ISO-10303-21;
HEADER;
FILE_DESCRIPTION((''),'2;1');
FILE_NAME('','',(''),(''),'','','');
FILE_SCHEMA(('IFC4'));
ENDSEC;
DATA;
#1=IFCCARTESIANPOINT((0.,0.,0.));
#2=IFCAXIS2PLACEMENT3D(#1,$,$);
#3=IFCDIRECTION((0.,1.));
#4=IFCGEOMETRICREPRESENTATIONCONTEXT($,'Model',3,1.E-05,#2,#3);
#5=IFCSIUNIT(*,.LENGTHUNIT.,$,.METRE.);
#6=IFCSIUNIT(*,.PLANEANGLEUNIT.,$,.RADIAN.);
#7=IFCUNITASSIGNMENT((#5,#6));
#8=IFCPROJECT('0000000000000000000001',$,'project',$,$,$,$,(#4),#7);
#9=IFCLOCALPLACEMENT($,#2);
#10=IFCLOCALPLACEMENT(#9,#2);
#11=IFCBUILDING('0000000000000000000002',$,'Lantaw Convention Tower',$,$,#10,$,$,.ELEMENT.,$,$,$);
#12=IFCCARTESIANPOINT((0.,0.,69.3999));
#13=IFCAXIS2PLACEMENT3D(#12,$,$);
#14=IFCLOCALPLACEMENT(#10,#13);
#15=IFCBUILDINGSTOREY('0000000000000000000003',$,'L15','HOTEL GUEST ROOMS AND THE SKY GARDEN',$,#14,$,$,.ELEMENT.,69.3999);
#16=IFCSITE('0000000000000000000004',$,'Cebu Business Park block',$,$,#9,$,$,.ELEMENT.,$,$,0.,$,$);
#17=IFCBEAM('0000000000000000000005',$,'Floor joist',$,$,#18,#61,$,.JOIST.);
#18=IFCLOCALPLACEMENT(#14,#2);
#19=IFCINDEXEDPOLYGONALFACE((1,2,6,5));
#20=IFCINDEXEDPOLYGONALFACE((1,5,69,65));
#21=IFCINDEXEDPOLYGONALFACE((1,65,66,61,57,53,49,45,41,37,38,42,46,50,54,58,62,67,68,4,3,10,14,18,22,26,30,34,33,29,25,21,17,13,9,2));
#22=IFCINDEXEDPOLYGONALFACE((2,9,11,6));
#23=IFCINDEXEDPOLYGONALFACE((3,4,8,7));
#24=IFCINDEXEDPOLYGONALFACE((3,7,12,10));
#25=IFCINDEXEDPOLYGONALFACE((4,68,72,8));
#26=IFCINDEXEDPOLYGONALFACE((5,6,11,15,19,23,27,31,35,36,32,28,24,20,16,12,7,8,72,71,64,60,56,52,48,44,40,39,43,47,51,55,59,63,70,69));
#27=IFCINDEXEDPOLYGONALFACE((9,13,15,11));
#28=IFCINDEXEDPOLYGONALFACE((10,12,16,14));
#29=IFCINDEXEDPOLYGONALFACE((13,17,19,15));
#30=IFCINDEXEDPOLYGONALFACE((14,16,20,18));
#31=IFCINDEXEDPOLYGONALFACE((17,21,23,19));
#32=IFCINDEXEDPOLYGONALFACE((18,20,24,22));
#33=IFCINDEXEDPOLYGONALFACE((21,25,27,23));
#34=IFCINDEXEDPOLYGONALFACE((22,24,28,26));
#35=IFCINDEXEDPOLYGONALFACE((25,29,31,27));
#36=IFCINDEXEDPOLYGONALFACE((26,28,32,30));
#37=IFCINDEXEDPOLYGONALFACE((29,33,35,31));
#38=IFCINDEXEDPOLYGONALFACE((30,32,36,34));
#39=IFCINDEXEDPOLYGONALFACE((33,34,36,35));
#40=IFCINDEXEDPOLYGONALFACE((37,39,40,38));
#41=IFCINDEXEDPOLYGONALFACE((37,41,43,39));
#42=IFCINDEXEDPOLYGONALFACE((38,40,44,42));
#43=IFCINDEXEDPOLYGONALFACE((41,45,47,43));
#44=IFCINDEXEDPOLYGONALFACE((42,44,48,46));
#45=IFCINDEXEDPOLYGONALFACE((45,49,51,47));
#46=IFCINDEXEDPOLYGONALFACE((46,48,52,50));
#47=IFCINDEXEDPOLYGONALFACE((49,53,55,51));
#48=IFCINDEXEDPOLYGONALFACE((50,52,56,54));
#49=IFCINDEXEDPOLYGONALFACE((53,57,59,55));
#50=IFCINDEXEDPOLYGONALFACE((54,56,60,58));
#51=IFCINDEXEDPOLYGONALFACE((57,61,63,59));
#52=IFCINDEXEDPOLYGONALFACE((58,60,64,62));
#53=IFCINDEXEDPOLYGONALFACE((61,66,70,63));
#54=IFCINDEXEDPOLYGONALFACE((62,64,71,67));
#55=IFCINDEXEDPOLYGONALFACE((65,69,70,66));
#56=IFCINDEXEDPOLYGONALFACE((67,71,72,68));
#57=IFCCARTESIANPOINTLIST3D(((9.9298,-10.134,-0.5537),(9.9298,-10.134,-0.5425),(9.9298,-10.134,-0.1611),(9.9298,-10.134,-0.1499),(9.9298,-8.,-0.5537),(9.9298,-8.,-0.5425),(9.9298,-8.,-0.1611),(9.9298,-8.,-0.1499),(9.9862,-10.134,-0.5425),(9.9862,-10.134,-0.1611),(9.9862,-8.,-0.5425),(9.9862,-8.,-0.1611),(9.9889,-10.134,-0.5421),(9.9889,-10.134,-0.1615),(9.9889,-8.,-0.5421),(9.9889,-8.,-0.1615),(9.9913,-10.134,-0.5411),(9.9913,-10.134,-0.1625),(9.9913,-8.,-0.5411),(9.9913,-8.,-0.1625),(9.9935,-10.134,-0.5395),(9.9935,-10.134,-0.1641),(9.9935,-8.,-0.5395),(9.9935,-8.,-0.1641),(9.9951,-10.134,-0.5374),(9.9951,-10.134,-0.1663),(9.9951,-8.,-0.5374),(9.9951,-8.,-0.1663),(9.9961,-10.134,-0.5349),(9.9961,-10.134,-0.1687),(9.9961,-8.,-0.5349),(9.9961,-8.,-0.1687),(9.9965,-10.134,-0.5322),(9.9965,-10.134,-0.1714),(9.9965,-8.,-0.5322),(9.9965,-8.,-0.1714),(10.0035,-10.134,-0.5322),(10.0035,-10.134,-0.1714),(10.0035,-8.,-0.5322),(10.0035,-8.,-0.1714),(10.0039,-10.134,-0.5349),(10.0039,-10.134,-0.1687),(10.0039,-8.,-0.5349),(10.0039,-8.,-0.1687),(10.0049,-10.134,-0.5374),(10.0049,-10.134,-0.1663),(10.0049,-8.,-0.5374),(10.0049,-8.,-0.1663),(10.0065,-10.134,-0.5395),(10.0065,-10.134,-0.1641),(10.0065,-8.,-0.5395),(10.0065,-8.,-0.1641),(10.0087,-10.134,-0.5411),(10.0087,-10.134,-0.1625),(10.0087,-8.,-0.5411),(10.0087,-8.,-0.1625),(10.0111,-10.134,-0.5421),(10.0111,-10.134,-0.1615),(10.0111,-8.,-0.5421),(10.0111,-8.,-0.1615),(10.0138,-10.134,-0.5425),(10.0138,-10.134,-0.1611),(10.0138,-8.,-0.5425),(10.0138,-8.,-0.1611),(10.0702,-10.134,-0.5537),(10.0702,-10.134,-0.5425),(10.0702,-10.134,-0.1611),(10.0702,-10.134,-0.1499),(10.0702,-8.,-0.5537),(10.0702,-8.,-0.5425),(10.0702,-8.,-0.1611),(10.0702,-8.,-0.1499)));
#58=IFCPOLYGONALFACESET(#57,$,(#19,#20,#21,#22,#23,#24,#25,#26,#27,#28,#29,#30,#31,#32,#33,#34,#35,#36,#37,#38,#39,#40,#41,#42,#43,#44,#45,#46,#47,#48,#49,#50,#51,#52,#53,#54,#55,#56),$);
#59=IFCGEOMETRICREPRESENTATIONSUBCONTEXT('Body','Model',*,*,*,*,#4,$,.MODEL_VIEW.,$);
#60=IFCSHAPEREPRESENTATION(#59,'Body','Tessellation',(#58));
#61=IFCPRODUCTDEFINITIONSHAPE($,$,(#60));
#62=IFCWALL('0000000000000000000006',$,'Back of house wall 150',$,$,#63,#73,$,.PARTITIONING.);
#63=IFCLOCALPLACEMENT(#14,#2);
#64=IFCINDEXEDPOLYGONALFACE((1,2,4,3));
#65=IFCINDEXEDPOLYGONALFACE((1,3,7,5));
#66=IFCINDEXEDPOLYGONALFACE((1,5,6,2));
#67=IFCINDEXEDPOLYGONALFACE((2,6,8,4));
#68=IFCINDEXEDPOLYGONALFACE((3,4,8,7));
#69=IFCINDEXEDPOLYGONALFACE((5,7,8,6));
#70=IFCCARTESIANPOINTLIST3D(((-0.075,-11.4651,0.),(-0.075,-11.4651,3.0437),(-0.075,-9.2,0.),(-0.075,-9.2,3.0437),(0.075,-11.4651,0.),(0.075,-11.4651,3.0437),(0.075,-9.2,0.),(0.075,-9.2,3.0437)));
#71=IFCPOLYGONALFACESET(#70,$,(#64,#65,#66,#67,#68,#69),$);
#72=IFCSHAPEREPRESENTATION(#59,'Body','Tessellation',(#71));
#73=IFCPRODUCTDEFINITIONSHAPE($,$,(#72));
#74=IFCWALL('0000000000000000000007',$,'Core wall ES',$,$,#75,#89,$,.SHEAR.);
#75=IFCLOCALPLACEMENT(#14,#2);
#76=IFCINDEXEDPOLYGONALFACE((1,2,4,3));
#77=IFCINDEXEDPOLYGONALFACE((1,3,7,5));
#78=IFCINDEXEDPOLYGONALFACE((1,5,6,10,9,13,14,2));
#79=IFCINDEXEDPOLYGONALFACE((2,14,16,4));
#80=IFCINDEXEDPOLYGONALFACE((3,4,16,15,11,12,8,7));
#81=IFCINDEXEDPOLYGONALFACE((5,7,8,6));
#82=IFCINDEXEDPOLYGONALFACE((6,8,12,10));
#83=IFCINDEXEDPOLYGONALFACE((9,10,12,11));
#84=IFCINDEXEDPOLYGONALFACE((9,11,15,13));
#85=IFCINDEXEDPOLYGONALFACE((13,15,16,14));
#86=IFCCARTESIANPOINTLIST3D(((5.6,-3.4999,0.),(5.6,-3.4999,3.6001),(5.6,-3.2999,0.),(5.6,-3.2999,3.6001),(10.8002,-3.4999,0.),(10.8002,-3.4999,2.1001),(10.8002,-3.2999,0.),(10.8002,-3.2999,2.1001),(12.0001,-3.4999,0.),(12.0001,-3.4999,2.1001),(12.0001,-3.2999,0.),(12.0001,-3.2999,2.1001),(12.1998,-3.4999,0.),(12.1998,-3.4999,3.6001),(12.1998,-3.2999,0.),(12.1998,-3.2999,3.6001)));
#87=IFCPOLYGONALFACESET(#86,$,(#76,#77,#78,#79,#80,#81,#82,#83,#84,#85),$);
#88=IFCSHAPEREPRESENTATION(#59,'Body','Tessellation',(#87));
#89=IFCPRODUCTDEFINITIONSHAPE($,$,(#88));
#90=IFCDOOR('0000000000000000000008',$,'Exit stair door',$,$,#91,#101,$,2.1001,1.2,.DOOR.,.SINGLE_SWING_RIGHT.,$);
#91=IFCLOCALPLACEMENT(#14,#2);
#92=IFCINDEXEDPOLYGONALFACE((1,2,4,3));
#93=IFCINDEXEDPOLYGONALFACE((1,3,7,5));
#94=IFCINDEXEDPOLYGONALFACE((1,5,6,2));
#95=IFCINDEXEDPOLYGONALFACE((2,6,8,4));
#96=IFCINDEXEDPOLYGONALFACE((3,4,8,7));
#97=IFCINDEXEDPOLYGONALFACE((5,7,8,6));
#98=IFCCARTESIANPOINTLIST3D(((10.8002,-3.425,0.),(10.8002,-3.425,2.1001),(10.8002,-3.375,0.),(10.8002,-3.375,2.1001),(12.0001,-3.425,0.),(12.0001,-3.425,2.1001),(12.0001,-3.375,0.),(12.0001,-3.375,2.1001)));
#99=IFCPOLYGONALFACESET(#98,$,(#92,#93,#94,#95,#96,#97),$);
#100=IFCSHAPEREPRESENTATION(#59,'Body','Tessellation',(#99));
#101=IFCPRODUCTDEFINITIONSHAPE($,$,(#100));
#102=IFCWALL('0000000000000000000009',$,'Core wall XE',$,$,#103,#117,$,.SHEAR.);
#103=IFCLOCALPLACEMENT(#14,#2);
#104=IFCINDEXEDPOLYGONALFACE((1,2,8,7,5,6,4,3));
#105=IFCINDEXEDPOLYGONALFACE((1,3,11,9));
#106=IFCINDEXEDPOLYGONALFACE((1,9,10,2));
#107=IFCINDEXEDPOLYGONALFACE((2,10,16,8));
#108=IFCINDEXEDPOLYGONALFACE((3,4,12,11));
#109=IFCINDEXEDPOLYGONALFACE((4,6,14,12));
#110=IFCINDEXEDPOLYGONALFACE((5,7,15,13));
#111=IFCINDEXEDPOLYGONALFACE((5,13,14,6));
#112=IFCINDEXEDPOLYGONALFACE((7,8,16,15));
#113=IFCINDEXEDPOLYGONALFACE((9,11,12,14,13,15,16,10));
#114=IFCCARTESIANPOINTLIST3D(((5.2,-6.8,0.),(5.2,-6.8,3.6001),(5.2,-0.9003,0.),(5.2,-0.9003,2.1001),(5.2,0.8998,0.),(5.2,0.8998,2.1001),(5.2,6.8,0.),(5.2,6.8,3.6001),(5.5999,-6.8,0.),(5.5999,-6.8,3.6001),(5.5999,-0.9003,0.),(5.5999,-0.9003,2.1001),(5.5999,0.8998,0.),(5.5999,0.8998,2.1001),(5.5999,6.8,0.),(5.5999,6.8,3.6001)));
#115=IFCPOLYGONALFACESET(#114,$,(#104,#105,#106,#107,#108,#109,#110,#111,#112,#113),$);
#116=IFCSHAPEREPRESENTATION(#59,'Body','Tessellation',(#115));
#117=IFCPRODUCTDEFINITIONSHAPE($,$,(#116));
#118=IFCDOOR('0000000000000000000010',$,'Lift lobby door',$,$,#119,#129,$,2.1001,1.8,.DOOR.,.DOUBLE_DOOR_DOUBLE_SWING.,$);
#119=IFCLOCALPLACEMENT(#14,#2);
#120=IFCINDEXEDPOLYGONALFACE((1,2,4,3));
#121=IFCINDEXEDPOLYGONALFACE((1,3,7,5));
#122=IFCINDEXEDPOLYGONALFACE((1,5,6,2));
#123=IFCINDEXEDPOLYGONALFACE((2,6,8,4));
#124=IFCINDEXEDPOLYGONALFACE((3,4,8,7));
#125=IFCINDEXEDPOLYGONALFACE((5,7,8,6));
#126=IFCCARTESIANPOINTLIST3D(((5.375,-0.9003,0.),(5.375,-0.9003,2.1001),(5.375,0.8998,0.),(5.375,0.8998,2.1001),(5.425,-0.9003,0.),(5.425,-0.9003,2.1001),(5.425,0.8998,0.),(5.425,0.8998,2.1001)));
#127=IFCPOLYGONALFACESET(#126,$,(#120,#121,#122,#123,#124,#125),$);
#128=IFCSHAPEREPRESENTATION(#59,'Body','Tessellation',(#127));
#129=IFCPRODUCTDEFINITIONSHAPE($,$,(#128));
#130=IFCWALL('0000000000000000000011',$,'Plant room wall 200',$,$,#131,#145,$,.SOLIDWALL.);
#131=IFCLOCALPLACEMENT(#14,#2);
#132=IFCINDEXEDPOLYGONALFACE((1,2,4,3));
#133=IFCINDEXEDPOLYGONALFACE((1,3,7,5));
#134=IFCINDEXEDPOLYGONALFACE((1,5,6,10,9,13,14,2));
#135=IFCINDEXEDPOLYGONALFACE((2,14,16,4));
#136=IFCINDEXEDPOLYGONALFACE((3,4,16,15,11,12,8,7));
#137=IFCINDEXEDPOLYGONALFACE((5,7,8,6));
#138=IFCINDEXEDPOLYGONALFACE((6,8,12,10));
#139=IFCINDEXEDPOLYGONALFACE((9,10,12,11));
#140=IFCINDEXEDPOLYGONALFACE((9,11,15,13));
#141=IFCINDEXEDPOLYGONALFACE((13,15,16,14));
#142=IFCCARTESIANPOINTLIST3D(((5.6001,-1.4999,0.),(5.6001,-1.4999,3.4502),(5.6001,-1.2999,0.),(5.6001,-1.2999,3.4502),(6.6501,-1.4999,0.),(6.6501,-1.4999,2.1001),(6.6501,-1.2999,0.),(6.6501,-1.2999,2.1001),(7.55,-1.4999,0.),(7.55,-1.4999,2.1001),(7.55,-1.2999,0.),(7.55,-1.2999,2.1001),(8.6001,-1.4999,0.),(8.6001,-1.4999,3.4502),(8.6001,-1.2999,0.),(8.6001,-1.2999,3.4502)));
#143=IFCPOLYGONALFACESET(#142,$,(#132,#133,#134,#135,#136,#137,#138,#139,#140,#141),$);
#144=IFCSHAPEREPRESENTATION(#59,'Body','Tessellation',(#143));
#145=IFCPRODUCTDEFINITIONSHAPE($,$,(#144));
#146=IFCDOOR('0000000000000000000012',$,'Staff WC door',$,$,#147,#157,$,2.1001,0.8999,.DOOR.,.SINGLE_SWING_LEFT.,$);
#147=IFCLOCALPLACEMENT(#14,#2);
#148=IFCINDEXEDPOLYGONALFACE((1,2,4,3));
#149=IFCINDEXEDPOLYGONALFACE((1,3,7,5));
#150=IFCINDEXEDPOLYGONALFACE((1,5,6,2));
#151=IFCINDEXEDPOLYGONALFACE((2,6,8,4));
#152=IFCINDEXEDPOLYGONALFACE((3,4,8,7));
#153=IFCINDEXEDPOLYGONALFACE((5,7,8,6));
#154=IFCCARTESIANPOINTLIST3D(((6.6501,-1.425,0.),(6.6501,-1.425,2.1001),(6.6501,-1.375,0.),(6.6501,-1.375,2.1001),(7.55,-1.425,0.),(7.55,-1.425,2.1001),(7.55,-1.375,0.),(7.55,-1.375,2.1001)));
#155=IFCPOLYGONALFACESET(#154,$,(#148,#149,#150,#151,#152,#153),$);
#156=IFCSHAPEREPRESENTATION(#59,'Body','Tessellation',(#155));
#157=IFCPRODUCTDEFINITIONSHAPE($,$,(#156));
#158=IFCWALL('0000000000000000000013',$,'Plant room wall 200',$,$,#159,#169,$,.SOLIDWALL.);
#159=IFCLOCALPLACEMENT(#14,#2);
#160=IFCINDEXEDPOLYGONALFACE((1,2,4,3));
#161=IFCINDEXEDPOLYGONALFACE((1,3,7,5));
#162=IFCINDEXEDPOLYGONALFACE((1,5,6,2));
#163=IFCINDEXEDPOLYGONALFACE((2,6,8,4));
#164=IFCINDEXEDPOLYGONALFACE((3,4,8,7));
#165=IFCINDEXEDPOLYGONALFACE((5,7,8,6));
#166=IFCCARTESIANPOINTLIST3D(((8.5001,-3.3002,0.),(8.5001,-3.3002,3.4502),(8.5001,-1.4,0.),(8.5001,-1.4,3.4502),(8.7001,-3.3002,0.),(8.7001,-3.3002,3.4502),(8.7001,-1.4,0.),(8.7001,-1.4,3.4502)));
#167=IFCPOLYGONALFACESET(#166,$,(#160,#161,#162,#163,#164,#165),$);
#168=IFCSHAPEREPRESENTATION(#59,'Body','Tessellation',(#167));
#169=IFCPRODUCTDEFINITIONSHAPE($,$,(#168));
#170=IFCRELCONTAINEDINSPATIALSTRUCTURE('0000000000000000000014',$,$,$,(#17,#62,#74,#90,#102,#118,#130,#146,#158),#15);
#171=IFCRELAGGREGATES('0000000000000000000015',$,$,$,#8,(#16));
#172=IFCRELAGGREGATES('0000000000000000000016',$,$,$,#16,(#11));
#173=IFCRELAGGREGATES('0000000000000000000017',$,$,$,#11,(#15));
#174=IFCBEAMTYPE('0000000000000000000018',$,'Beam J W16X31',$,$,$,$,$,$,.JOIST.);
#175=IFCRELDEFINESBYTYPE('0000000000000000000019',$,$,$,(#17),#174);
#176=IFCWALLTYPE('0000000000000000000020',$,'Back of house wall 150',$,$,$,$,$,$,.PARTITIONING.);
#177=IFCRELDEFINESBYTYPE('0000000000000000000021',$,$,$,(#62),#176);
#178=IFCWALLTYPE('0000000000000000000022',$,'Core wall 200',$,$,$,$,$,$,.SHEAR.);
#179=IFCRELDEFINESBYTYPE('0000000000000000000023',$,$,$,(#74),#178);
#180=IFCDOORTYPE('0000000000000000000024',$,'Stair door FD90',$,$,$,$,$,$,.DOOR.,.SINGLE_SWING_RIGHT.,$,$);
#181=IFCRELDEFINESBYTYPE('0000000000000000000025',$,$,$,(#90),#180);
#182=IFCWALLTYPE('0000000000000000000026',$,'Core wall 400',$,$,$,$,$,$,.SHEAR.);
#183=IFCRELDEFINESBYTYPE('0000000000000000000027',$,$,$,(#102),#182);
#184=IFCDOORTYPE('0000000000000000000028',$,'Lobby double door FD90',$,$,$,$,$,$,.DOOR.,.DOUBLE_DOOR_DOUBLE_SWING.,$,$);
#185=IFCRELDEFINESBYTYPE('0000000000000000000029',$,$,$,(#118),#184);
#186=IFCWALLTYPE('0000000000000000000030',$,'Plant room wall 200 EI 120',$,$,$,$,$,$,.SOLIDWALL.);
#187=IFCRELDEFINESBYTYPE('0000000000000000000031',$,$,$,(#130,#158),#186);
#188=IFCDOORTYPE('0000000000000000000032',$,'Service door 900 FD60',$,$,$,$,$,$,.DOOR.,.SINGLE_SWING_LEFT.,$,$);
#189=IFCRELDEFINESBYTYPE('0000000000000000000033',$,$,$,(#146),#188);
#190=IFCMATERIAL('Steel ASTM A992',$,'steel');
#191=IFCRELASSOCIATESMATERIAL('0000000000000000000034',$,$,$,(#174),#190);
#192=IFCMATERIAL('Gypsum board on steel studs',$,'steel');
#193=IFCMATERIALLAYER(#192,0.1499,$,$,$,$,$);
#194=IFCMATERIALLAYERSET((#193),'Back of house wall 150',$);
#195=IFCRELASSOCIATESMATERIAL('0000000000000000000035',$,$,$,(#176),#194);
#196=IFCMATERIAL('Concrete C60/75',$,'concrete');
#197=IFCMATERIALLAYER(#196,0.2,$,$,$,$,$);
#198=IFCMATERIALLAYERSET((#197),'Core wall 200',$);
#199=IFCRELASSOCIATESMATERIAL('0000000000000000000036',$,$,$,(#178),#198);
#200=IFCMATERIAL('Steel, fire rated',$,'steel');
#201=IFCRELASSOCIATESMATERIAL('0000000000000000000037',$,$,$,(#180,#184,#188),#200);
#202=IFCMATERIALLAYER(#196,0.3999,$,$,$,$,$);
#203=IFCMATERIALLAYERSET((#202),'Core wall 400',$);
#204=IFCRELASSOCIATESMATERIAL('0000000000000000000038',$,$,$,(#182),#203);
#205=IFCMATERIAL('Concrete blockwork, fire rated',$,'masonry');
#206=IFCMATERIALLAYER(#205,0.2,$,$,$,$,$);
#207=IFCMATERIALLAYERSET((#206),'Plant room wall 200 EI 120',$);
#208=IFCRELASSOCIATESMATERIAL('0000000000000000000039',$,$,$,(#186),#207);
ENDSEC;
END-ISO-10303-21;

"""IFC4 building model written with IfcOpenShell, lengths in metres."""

from ifc_helpers import new_model, si_unit, direction, frame, frame_2d, origin, origin_2d, place, context, subcontext, project, spatial, rectangle, i_section, extrude, material, layer, layer_set, material_profile, profile_set, type_object, element, fill, save


model = new_model("IFC4")

# Units and contexts
model_context = context("Model", 3, precision=1e-05, world=origin(), true_north=direction((0.0, 1.0)))
body_context = subcontext(model_context, "Body", "Model", "MODEL_VIEW")
ifc_project = project(units=[si_unit("LENGTHUNIT", "METRE"), si_unit("PLANEANGLEUNIT", "RADIAN")], contexts=[model_context])

# Site, building, storey
site_placement = place(None, origin())
site = spatial("IfcSite", under=ifc_project, at=site_placement, Name="Cebu Business Park block", CompositionType="ELEMENT", RefElevation=0.0)
building_placement = place(site_placement, origin())
building = spatial("IfcBuilding", under=site, at=building_placement, Name="Lantaw Convention Tower", CompositionType="ELEMENT")
storey_placement = place(building_placement, frame((0.0, 0.0, 69.3999)))
storey = spatial("IfcBuildingStorey", under=building, at=storey_placement, Name="L15", Description="HOTEL GUEST ROOMS AND THE SKY GARDEN", CompositionType="ELEMENT", Elevation=69.3999)

# Beam
ifc_material_1 = material(Name="Steel ASTM A992", Category="steel")
ifc_material_profile_1 = material_profile(ifc_material_1, i_section(OverallWidth=0.1404, OverallDepth=0.4038, WebThickness=0.0071, FlangeThickness=0.0112, FilletRadius=0.0103, at=origin_2d()), Name="W16X31")
ifc_profile_set_1 = profile_set([ifc_material_profile_1], Name="Steel ASTM A992")
beam_type_1 = type_object("IfcBeamType", Name="Beam J W16X31", PredefinedType="JOIST", material=ifc_profile_set_1)
beam_1_placement = place(storey_placement, frame((10.0, -10.134, -0.3518), z_axis=(0.0, 1.0, 0.0), x_axis=(-1.0, 0.0, 0.0)))
element("IfcBeam", 1, at=beam_1_placement, inside=storey, type_object=beam_type_1, Name="Floor joist", PredefinedType="JOIST", context=body_context, shape_type="SweptSolid", body=[
    extrude(i_section(OverallWidth=0.1404, OverallDepth=0.4038, WebThickness=0.0071, FlangeThickness=0.0112, FilletRadius=0.0103, at=origin_2d()), origin(), (0.0, 0.0, 1.0), 2.134),
])

# Wall
ifc_material_2 = material(Name="Gypsum board on steel studs", Category="steel")
ifc_layer_1 = layer(ifc_material_2, 0.1499)
ifc_layer_set_1 = layer_set([ifc_layer_1], Name="Back of house wall 150")
wall_type_1 = type_object("IfcWallType", Name="Back of house wall 150", PredefinedType="PARTITIONING", material=ifc_layer_set_1)
wall_1_placement = place(storey_placement, frame((0.0, -9.2, 0.0), z_axis=(0.0, 0.0, 1.0), x_axis=(0.0, -1.0, 0.0)))
element("IfcWall", 2, at=wall_1_placement, inside=storey, type_object=wall_type_1, Name="Back of house wall 150", PredefinedType="PARTITIONING", context=body_context, shape_type="SweptSolid", body=[
    extrude(rectangle(XDim=2.2651, YDim=0.1499, at=frame_2d((1.1326, 0.0))), origin(), (0.0, 0.0, 1.0), 3.0437),
])

# Walls, openings, doors
ifc_material_3 = material(Name="Concrete C60/75", Category="concrete")
ifc_layer_2 = layer(ifc_material_3, 0.2)
ifc_layer_set_2 = layer_set([ifc_layer_2], Name="Core wall 200")
wall_type_2 = type_object("IfcWallType", Name="Core wall 200", PredefinedType="SHEAR", material=ifc_layer_set_2)
wall_2_placement = place(storey_placement, frame((5.6001, -3.3999, 0.0), z_axis=(0.0, 0.0, 1.0), x_axis=(1.0, 0.0, 0.0)))
wall_2 = element("IfcWall", 3, at=wall_2_placement, inside=storey, type_object=wall_type_2, Name="Core wall ES", PredefinedType="SHEAR", context=body_context, shape_type="SweptSolid", body=[
    extrude(rectangle(XDim=6.5999, YDim=0.2, at=frame_2d((3.2998, 0.0))), origin(), (0.0, 0.0, 1.0), 3.6001),
])
opening_1_placement = place(wall_2_placement, frame((5.2, 0.0, 0.0)))
opening_1 = element("IfcOpeningElement", 4, at=opening_1_placement, cuts=wall_2, PredefinedType="OPENING", context=body_context, shape_type="SweptSolid", body=[
    extrude(rectangle(XDim=1.2, YDim=2.1001, at=frame_2d((0.6001, 1.05))), frame((0.0, 0.1099, 0.0), z_axis=(0.0, -1.0, 0.0), x_axis=(1.0, 0.0, 0.0)), (0.0, 0.0, 1.0), 0.22),
])
ifc_material_4 = material(Name="Steel, fire rated", Category="steel")
door_type_1 = type_object("IfcDoorType", Name="Stair door FD90", OperationType="SINGLE_SWING_RIGHT", PredefinedType="DOOR", material=ifc_material_4)
door_1_placement = place(opening_1_placement, origin())
door_1 = element("IfcDoor", 5, at=door_1_placement, inside=storey, type_object=door_type_1, Name="Exit stair door", OperationType="SINGLE_SWING_RIGHT", OverallHeight=2.1001, OverallWidth=1.2, PredefinedType="DOOR", context=body_context, shape_type="SweptSolid", body=[
    extrude(rectangle(XDim=1.2, YDim=2.1001, at=frame_2d((0.6001, 1.05))), frame((0.0, 0.0249, 0.0), z_axis=(0.0, -1.0, 0.0), x_axis=(1.0, 0.0, 0.0)), (0.0, 0.0, 1.0), 0.05),
])
fill(opening_1, door_1)
ifc_layer_3 = layer(ifc_material_3, 0.3999)
ifc_layer_set_3 = layer_set([ifc_layer_3], Name="Core wall 400")
wall_type_3 = type_object("IfcWallType", Name="Core wall 400", PredefinedType="SHEAR", material=ifc_layer_set_3)
wall_3_placement = place(storey_placement, frame((5.3999, -6.8, 0.0), z_axis=(0.0, 0.0, 1.0), x_axis=(0.0, 1.0, 0.0)))
wall_3 = element("IfcWall", 6, at=wall_3_placement, inside=storey, type_object=wall_type_3, Name="Core wall XE", PredefinedType="SHEAR", context=body_context, shape_type="SweptSolid", body=[
    extrude(rectangle(XDim=13.6001, YDim=0.3999, at=frame_2d((6.8, 0.0))), origin(), (0.0, 0.0, 1.0), 3.6001),
])
opening_2_placement = place(wall_3_placement, frame((5.8999, 0.0, 0.0)))
opening_2 = element("IfcOpeningElement", 7, at=opening_2_placement, cuts=wall_3, PredefinedType="OPENING", context=body_context, shape_type="SweptSolid", body=[
    extrude(rectangle(XDim=1.8, YDim=2.1001, at=frame_2d((0.8999, 1.05))), frame((0.0, 0.21, 0.0), z_axis=(0.0, -1.0, 0.0), x_axis=(1.0, 0.0, 0.0)), (0.0, 0.0, 1.0), 0.4199),
])
door_type_2 = type_object("IfcDoorType", Name="Lobby double door FD90", OperationType="DOUBLE_DOOR_DOUBLE_SWING", PredefinedType="DOOR", material=ifc_material_4)
door_2_placement = place(opening_2_placement, origin())
door_2 = element("IfcDoor", 8, at=door_2_placement, inside=storey, type_object=door_type_2, Name="Lift lobby door", OperationType="DOUBLE_DOOR_DOUBLE_SWING", OverallHeight=2.1001, OverallWidth=1.8, PredefinedType="DOOR", context=body_context, shape_type="SweptSolid", body=[
    extrude(rectangle(XDim=1.8, YDim=2.1001, at=frame_2d((0.8999, 1.05))), frame((0.0, 0.0249, 0.0), z_axis=(0.0, -1.0, 0.0), x_axis=(1.0, 0.0, 0.0)), (0.0, 0.0, 1.0), 0.05),
])
fill(opening_2, door_2)
ifc_material_5 = material(Name="Concrete blockwork, fire rated", Category="masonry")
ifc_layer_4 = layer(ifc_material_5, 0.2)
ifc_layer_set_4 = layer_set([ifc_layer_4], Name="Plant room wall 200 EI 120")
wall_type_4 = type_object("IfcWallType", Name="Plant room wall 200 EI 120", PredefinedType="SOLIDWALL", material=ifc_layer_set_4)
wall_4_placement = place(storey_placement, frame((5.6001, -1.3999, 0.0), z_axis=(0.0, 0.0, 1.0), x_axis=(1.0, 0.0, 0.0)))
wall_4 = element("IfcWall", 9, at=wall_4_placement, inside=storey, type_object=wall_type_4, Name="Plant room wall 200", PredefinedType="SOLIDWALL", context=body_context, shape_type="SweptSolid", body=[
    extrude(rectangle(XDim=3.0, YDim=0.2, at=frame_2d((1.5, 0.0))), origin(), (0.0, 0.0, 1.0), 3.4502),
])
opening_3_placement = place(wall_4_placement, frame((1.05, 0.0, 0.0)))
opening_3 = element("IfcOpeningElement", 10, at=opening_3_placement, cuts=wall_4, PredefinedType="OPENING", context=body_context, shape_type="SweptSolid", body=[
    extrude(rectangle(XDim=0.8999, YDim=2.1001, at=frame_2d((0.45, 1.05))), frame((0.0, 0.1099, 0.0), z_axis=(0.0, -1.0, 0.0), x_axis=(1.0, 0.0, 0.0)), (0.0, 0.0, 1.0), 0.22),
])
door_type_3 = type_object("IfcDoorType", Name="Service door 900 FD60", OperationType="SINGLE_SWING_LEFT", PredefinedType="DOOR", material=ifc_material_4)
door_3_placement = place(opening_3_placement, origin())
door_3 = element("IfcDoor", 11, at=door_3_placement, inside=storey, type_object=door_type_3, Name="Staff WC door", OperationType="SINGLE_SWING_LEFT", OverallHeight=2.1001, OverallWidth=0.8999, PredefinedType="DOOR", context=body_context, shape_type="SweptSolid", body=[
    extrude(rectangle(XDim=0.8999, YDim=2.1001, at=frame_2d((0.45, 1.05))), frame((0.0, 0.0249, 0.0), z_axis=(0.0, -1.0, 0.0), x_axis=(1.0, 0.0, 0.0)), (0.0, 0.0, 1.0), 0.05),
])
fill(opening_3, door_3)

# Wall
wall_5_placement = place(storey_placement, frame((8.6001, -1.3999, 0.0), z_axis=(0.0, 0.0, 1.0), x_axis=(0.0, -1.0, 0.0)))
element("IfcWall", 12, at=wall_5_placement, inside=storey, type_object=wall_type_4, Name="Plant room wall 200", PredefinedType="SOLIDWALL", context=body_context, shape_type="SweptSolid", body=[
    extrude(rectangle(XDim=1.9001, YDim=0.2, at=frame_2d((0.9502, 0.0))), origin(), (0.0, 0.0, 1.0), 3.4502),
])

save(model, "model.ifc")
